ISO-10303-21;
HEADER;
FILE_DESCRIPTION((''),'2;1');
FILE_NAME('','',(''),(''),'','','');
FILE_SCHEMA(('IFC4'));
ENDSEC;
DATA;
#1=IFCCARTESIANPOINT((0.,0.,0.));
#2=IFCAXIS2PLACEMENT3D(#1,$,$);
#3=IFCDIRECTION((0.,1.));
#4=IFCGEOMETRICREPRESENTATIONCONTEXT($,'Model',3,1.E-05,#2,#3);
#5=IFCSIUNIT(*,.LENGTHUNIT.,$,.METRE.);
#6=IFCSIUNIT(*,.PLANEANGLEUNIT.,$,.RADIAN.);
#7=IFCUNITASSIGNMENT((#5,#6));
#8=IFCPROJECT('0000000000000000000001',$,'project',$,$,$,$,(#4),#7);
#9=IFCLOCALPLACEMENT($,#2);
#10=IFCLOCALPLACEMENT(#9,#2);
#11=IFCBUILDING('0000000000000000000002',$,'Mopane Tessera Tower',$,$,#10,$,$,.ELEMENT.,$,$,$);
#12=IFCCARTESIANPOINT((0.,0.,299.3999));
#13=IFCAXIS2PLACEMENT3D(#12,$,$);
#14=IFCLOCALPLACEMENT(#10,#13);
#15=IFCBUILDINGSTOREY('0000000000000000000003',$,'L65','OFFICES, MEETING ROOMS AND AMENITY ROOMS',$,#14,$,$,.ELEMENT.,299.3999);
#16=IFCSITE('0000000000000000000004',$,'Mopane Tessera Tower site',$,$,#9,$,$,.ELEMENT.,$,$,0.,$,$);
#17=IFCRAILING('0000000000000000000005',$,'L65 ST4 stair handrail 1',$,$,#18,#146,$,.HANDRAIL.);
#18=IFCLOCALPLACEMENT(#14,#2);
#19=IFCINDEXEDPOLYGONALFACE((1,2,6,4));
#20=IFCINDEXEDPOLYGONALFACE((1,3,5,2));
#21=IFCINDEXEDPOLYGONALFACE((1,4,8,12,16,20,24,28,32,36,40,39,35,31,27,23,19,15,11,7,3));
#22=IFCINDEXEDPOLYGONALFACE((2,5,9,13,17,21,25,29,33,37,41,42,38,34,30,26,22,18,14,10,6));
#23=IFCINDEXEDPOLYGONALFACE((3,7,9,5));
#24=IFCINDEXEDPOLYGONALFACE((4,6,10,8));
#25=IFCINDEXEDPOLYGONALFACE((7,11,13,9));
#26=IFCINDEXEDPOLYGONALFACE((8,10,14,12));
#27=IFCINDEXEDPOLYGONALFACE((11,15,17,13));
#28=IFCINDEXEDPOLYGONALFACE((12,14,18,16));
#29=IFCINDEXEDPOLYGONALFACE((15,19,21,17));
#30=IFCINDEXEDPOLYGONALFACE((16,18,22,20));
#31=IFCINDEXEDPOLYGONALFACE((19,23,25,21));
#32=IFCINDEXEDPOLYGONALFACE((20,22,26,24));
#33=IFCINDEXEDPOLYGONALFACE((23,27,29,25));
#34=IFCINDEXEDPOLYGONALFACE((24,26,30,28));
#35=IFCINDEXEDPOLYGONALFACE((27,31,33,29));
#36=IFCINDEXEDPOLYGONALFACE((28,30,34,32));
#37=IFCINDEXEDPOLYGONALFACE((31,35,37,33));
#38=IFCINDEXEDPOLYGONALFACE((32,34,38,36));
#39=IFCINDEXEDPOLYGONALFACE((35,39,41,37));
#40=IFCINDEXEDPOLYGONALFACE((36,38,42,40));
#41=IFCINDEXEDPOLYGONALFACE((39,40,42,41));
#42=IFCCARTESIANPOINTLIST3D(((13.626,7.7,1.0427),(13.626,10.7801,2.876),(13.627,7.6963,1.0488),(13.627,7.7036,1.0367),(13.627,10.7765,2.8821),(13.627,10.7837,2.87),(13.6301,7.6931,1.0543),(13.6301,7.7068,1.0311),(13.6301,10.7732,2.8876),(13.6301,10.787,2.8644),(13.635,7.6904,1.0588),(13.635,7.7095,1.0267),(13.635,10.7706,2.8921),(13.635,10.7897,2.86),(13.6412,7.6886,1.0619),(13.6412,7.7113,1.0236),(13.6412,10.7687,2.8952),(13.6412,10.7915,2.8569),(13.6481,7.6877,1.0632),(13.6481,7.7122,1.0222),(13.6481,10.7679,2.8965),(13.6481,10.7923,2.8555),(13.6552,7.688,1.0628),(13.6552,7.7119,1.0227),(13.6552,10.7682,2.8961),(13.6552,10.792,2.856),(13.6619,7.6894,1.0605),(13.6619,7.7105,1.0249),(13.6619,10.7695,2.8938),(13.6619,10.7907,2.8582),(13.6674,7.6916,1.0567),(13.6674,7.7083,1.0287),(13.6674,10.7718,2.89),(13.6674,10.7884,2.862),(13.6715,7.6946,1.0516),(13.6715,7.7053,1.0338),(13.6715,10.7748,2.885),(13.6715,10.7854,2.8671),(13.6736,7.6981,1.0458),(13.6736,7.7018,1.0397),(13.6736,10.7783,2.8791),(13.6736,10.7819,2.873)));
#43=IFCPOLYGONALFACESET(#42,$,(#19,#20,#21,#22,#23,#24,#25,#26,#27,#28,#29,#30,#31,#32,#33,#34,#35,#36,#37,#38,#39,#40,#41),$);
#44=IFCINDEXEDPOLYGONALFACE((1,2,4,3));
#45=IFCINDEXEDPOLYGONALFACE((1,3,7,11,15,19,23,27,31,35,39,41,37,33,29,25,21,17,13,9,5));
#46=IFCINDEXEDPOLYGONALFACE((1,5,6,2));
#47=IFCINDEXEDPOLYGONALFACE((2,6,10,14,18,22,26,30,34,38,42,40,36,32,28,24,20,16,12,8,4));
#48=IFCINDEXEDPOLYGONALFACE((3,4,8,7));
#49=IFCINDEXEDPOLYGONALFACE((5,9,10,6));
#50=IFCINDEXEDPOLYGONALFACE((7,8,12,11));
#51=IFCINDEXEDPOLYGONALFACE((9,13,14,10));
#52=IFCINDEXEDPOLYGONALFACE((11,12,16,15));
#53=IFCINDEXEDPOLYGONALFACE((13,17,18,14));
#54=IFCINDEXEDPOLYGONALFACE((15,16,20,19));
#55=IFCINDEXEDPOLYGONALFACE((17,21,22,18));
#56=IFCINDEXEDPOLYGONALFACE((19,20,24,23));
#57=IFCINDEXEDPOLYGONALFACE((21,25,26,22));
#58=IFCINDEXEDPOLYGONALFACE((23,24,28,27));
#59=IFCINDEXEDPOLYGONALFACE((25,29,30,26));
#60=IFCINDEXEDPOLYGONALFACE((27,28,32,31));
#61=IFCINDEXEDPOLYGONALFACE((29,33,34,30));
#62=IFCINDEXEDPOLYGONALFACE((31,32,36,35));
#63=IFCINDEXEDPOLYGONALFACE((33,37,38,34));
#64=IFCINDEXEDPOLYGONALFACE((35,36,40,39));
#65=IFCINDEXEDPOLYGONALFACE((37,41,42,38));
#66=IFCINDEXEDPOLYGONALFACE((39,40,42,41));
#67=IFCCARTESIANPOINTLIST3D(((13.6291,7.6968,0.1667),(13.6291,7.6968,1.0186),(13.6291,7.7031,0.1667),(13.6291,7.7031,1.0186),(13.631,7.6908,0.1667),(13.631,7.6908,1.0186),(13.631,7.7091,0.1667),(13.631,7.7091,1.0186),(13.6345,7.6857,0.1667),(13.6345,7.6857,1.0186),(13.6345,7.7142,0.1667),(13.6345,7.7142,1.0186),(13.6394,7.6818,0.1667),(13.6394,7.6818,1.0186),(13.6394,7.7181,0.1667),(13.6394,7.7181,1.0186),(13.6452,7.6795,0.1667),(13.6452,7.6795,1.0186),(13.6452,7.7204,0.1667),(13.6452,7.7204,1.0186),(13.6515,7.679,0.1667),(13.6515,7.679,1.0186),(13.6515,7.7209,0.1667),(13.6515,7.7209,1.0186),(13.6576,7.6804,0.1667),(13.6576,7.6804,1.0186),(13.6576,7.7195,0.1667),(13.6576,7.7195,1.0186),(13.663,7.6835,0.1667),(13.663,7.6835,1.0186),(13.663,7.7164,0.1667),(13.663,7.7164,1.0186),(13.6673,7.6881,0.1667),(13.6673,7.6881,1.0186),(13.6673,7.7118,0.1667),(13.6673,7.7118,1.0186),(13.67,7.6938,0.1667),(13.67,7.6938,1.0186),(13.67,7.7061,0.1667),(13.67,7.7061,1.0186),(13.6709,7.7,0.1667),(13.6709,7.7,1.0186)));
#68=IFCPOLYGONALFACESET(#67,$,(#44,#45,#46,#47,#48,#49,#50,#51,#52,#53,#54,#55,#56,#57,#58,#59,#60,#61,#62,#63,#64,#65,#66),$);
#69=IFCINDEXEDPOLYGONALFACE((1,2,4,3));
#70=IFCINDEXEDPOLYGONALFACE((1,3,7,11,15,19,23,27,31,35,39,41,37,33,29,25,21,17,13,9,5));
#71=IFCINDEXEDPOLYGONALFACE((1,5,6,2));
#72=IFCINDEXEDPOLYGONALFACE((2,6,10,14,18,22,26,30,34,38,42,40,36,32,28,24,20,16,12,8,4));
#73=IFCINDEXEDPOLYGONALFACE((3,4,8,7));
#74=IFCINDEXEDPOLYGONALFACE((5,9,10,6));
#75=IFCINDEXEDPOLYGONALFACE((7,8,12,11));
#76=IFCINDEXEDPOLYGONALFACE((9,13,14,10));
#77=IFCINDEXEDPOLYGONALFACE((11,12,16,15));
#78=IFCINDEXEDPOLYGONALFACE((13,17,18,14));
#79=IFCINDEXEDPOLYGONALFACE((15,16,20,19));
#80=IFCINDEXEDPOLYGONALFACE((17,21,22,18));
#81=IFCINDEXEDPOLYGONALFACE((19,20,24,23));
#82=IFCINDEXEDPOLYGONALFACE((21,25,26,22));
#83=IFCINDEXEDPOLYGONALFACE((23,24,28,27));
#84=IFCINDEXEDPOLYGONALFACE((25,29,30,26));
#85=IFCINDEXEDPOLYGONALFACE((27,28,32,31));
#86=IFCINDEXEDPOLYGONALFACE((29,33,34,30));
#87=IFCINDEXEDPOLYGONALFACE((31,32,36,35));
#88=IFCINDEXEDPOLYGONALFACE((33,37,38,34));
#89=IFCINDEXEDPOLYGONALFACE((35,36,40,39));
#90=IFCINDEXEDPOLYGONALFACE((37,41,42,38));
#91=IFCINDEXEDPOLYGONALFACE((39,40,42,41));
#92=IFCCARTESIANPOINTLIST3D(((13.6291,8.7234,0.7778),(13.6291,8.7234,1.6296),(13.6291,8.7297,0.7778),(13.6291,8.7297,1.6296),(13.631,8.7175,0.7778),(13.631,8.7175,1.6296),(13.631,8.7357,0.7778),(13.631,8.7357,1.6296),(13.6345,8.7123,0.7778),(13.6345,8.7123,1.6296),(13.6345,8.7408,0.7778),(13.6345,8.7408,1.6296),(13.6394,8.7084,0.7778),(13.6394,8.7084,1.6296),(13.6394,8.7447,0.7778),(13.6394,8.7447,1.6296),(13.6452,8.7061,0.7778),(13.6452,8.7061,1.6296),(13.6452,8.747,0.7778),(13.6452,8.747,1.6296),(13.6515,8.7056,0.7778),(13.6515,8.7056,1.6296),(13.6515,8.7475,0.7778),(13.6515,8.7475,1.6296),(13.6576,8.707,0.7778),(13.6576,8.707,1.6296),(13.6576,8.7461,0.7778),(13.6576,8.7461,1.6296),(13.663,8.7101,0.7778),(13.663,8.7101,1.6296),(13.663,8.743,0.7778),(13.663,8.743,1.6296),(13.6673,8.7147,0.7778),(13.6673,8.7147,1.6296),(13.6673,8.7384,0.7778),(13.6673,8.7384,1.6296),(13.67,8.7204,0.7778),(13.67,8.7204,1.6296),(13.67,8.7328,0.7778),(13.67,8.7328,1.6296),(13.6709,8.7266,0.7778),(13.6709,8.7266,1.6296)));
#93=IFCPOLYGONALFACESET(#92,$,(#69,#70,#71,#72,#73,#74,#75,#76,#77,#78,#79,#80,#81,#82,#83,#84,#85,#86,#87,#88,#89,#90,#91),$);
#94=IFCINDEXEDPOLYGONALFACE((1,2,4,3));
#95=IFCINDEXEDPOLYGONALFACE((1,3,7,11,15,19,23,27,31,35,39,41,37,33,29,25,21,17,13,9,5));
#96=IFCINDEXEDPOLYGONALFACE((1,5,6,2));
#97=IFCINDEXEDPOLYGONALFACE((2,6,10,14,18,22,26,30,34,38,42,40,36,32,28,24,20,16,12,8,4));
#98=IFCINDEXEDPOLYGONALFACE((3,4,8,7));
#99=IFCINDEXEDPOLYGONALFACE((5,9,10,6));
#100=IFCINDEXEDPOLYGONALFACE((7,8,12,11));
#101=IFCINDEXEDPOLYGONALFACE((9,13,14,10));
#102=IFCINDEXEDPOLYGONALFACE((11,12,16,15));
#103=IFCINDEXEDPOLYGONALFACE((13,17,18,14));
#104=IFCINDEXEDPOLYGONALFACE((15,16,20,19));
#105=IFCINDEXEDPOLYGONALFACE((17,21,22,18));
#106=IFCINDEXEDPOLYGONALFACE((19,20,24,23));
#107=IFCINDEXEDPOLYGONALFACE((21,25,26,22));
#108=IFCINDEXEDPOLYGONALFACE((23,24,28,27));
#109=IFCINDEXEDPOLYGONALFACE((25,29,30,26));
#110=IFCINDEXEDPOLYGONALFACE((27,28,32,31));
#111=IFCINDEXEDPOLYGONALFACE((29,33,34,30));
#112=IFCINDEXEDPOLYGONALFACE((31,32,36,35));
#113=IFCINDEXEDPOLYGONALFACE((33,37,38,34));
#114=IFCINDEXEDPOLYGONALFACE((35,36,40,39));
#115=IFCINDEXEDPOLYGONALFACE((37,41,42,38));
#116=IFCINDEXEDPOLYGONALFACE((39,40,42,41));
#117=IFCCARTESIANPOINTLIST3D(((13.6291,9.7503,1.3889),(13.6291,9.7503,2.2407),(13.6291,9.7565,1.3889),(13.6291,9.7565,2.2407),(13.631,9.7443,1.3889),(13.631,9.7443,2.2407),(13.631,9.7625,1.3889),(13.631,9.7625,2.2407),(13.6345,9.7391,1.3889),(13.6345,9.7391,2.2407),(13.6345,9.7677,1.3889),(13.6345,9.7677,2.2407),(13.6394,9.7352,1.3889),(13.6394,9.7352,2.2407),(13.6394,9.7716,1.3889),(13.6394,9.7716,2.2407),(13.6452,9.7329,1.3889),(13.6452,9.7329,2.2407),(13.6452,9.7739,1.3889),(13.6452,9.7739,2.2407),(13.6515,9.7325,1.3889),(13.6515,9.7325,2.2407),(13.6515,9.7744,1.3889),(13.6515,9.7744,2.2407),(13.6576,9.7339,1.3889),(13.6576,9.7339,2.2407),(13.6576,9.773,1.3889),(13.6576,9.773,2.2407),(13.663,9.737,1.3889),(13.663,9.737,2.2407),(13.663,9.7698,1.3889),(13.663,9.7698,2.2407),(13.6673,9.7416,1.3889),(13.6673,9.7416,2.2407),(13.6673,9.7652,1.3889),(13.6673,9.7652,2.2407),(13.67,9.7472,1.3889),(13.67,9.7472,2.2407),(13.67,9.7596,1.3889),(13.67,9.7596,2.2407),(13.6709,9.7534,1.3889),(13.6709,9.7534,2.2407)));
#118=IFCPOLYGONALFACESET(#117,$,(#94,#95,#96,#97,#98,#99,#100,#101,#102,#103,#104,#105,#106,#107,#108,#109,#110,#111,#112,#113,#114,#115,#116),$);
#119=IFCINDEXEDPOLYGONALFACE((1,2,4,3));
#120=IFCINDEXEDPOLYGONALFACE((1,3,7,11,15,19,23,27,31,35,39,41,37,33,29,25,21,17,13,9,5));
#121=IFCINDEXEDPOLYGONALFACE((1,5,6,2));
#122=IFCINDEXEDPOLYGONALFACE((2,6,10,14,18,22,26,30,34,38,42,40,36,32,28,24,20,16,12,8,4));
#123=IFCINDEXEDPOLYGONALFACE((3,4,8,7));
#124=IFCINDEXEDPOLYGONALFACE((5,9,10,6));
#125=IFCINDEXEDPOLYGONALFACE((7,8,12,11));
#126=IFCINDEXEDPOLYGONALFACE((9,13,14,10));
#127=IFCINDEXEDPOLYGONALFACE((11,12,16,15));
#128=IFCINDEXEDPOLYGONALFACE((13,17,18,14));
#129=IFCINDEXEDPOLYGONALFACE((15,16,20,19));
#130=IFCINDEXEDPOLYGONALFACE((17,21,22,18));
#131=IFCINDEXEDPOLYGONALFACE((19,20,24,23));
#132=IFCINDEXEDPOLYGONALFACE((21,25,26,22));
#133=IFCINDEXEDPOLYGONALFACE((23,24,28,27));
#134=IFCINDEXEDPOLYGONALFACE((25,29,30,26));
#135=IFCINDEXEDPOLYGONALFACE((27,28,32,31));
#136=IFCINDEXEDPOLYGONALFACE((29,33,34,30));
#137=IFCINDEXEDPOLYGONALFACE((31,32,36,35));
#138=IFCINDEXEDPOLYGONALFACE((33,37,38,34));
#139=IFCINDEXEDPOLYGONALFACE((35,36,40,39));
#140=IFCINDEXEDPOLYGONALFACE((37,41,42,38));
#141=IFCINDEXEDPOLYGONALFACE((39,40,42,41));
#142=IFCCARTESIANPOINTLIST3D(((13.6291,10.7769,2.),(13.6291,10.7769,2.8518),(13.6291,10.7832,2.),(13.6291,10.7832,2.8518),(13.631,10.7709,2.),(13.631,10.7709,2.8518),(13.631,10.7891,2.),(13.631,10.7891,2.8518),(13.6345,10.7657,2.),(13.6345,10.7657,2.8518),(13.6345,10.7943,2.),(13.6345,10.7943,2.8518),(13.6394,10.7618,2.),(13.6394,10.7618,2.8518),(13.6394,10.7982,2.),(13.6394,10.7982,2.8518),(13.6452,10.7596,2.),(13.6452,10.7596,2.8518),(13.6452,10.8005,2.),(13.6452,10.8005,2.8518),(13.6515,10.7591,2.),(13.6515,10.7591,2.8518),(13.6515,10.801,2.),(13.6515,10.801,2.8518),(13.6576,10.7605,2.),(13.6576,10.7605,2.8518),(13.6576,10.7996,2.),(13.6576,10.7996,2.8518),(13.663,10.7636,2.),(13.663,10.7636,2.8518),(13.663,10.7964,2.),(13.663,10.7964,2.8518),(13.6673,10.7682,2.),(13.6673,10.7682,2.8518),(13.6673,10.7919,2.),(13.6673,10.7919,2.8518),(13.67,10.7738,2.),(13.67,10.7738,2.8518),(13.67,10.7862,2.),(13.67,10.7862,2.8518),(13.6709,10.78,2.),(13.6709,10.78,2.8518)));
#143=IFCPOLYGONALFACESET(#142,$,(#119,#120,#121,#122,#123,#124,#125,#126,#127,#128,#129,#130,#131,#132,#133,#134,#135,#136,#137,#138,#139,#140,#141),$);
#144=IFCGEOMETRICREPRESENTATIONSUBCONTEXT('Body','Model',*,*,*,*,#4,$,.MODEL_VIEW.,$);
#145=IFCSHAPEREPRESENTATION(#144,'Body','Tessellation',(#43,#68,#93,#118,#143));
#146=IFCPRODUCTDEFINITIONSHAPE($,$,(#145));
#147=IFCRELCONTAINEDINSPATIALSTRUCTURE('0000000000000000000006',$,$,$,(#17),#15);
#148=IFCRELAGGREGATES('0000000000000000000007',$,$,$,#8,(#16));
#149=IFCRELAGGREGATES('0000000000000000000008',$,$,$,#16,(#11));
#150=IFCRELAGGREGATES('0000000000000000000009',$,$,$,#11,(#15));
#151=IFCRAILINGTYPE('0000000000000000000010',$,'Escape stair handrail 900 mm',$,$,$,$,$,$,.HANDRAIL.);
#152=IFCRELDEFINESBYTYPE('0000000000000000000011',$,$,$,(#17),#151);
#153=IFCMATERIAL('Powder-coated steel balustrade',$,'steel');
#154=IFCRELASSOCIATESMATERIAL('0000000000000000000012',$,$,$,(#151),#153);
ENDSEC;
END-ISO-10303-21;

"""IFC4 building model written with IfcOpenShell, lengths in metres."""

from ifc_helpers import new_model, si_unit, direction, frame, origin, origin_2d, place, context, subcontext, project, spatial, circle, extrude, material, type_object, element, save


model = new_model("IFC4")

# Units and contexts
model_context = context("Model", 3, precision=1e-05, world=origin(), true_north=direction((0.0, 1.0)))
body_context = subcontext(model_context, "Body", "Model", "MODEL_VIEW")
ifc_project = project(units=[si_unit("LENGTHUNIT", "METRE"), si_unit("PLANEANGLEUNIT", "RADIAN")], contexts=[model_context])

# Site, building, storey
site_placement = place(None, origin())
site = spatial("IfcSite", under=ifc_project, at=site_placement, Name="Mopane Tessera Tower site", CompositionType="ELEMENT", RefElevation=0.0)
building_placement = place(site_placement, origin())
building = spatial("IfcBuilding", under=site, at=building_placement, Name="Mopane Tessera Tower", CompositionType="ELEMENT")
storey_placement = place(building_placement, frame((0.0, 0.0, 299.3999)))
storey = spatial("IfcBuildingStorey", under=building, at=storey_placement, Name="L65", Description="OFFICES, MEETING ROOMS AND AMENITY ROOMS", CompositionType="ELEMENT", Elevation=299.3999)

# Railing
ifc_material_1 = material(Name="Powder-coated steel balustrade", Category="steel")
railing_type_1 = type_object("IfcRailingType", Name="Escape stair handrail 900 mm", PredefinedType="HANDRAIL", material=ifc_material_1)
railing_1_placement = place(storey_placement, frame((13.6499, 7.7, 0.1667)))
element("IfcRailing", 1, at=railing_1_placement, inside=storey, type_object=railing_type_1, Name="L65 ST4 stair handrail 1", PredefinedType="HANDRAIL", context=body_context, shape_type="SweptSolid", body=[
    extrude(circle(Radius=0.0239, at=origin_2d()), frame((0.0, 0.0, 0.876), z_axis=(0.0, 0.859309, 0.511458), x_axis=(-1.0, 0.0, 0.0)), (0.0, 0.0, 1.0), 3.5845),
    extrude(circle(Radius=0.021, at=origin_2d()), origin(), (0.0, 0.0, 1.0), 0.8518),
    extrude(circle(Radius=0.021, at=origin_2d()), frame((0.0, 1.0266, 0.6111)), (0.0, 0.0, 1.0), 0.8518),
    extrude(circle(Radius=0.021, at=origin_2d()), frame((0.0, 2.0535, 1.2222)), (0.0, 0.0, 1.0), 0.8518),
    extrude(circle(Radius=0.021, at=origin_2d()), frame((0.0, 3.0801, 1.8333)), (0.0, 0.0, 1.0), 0.8518),
])

save(model, "model.ifc")
